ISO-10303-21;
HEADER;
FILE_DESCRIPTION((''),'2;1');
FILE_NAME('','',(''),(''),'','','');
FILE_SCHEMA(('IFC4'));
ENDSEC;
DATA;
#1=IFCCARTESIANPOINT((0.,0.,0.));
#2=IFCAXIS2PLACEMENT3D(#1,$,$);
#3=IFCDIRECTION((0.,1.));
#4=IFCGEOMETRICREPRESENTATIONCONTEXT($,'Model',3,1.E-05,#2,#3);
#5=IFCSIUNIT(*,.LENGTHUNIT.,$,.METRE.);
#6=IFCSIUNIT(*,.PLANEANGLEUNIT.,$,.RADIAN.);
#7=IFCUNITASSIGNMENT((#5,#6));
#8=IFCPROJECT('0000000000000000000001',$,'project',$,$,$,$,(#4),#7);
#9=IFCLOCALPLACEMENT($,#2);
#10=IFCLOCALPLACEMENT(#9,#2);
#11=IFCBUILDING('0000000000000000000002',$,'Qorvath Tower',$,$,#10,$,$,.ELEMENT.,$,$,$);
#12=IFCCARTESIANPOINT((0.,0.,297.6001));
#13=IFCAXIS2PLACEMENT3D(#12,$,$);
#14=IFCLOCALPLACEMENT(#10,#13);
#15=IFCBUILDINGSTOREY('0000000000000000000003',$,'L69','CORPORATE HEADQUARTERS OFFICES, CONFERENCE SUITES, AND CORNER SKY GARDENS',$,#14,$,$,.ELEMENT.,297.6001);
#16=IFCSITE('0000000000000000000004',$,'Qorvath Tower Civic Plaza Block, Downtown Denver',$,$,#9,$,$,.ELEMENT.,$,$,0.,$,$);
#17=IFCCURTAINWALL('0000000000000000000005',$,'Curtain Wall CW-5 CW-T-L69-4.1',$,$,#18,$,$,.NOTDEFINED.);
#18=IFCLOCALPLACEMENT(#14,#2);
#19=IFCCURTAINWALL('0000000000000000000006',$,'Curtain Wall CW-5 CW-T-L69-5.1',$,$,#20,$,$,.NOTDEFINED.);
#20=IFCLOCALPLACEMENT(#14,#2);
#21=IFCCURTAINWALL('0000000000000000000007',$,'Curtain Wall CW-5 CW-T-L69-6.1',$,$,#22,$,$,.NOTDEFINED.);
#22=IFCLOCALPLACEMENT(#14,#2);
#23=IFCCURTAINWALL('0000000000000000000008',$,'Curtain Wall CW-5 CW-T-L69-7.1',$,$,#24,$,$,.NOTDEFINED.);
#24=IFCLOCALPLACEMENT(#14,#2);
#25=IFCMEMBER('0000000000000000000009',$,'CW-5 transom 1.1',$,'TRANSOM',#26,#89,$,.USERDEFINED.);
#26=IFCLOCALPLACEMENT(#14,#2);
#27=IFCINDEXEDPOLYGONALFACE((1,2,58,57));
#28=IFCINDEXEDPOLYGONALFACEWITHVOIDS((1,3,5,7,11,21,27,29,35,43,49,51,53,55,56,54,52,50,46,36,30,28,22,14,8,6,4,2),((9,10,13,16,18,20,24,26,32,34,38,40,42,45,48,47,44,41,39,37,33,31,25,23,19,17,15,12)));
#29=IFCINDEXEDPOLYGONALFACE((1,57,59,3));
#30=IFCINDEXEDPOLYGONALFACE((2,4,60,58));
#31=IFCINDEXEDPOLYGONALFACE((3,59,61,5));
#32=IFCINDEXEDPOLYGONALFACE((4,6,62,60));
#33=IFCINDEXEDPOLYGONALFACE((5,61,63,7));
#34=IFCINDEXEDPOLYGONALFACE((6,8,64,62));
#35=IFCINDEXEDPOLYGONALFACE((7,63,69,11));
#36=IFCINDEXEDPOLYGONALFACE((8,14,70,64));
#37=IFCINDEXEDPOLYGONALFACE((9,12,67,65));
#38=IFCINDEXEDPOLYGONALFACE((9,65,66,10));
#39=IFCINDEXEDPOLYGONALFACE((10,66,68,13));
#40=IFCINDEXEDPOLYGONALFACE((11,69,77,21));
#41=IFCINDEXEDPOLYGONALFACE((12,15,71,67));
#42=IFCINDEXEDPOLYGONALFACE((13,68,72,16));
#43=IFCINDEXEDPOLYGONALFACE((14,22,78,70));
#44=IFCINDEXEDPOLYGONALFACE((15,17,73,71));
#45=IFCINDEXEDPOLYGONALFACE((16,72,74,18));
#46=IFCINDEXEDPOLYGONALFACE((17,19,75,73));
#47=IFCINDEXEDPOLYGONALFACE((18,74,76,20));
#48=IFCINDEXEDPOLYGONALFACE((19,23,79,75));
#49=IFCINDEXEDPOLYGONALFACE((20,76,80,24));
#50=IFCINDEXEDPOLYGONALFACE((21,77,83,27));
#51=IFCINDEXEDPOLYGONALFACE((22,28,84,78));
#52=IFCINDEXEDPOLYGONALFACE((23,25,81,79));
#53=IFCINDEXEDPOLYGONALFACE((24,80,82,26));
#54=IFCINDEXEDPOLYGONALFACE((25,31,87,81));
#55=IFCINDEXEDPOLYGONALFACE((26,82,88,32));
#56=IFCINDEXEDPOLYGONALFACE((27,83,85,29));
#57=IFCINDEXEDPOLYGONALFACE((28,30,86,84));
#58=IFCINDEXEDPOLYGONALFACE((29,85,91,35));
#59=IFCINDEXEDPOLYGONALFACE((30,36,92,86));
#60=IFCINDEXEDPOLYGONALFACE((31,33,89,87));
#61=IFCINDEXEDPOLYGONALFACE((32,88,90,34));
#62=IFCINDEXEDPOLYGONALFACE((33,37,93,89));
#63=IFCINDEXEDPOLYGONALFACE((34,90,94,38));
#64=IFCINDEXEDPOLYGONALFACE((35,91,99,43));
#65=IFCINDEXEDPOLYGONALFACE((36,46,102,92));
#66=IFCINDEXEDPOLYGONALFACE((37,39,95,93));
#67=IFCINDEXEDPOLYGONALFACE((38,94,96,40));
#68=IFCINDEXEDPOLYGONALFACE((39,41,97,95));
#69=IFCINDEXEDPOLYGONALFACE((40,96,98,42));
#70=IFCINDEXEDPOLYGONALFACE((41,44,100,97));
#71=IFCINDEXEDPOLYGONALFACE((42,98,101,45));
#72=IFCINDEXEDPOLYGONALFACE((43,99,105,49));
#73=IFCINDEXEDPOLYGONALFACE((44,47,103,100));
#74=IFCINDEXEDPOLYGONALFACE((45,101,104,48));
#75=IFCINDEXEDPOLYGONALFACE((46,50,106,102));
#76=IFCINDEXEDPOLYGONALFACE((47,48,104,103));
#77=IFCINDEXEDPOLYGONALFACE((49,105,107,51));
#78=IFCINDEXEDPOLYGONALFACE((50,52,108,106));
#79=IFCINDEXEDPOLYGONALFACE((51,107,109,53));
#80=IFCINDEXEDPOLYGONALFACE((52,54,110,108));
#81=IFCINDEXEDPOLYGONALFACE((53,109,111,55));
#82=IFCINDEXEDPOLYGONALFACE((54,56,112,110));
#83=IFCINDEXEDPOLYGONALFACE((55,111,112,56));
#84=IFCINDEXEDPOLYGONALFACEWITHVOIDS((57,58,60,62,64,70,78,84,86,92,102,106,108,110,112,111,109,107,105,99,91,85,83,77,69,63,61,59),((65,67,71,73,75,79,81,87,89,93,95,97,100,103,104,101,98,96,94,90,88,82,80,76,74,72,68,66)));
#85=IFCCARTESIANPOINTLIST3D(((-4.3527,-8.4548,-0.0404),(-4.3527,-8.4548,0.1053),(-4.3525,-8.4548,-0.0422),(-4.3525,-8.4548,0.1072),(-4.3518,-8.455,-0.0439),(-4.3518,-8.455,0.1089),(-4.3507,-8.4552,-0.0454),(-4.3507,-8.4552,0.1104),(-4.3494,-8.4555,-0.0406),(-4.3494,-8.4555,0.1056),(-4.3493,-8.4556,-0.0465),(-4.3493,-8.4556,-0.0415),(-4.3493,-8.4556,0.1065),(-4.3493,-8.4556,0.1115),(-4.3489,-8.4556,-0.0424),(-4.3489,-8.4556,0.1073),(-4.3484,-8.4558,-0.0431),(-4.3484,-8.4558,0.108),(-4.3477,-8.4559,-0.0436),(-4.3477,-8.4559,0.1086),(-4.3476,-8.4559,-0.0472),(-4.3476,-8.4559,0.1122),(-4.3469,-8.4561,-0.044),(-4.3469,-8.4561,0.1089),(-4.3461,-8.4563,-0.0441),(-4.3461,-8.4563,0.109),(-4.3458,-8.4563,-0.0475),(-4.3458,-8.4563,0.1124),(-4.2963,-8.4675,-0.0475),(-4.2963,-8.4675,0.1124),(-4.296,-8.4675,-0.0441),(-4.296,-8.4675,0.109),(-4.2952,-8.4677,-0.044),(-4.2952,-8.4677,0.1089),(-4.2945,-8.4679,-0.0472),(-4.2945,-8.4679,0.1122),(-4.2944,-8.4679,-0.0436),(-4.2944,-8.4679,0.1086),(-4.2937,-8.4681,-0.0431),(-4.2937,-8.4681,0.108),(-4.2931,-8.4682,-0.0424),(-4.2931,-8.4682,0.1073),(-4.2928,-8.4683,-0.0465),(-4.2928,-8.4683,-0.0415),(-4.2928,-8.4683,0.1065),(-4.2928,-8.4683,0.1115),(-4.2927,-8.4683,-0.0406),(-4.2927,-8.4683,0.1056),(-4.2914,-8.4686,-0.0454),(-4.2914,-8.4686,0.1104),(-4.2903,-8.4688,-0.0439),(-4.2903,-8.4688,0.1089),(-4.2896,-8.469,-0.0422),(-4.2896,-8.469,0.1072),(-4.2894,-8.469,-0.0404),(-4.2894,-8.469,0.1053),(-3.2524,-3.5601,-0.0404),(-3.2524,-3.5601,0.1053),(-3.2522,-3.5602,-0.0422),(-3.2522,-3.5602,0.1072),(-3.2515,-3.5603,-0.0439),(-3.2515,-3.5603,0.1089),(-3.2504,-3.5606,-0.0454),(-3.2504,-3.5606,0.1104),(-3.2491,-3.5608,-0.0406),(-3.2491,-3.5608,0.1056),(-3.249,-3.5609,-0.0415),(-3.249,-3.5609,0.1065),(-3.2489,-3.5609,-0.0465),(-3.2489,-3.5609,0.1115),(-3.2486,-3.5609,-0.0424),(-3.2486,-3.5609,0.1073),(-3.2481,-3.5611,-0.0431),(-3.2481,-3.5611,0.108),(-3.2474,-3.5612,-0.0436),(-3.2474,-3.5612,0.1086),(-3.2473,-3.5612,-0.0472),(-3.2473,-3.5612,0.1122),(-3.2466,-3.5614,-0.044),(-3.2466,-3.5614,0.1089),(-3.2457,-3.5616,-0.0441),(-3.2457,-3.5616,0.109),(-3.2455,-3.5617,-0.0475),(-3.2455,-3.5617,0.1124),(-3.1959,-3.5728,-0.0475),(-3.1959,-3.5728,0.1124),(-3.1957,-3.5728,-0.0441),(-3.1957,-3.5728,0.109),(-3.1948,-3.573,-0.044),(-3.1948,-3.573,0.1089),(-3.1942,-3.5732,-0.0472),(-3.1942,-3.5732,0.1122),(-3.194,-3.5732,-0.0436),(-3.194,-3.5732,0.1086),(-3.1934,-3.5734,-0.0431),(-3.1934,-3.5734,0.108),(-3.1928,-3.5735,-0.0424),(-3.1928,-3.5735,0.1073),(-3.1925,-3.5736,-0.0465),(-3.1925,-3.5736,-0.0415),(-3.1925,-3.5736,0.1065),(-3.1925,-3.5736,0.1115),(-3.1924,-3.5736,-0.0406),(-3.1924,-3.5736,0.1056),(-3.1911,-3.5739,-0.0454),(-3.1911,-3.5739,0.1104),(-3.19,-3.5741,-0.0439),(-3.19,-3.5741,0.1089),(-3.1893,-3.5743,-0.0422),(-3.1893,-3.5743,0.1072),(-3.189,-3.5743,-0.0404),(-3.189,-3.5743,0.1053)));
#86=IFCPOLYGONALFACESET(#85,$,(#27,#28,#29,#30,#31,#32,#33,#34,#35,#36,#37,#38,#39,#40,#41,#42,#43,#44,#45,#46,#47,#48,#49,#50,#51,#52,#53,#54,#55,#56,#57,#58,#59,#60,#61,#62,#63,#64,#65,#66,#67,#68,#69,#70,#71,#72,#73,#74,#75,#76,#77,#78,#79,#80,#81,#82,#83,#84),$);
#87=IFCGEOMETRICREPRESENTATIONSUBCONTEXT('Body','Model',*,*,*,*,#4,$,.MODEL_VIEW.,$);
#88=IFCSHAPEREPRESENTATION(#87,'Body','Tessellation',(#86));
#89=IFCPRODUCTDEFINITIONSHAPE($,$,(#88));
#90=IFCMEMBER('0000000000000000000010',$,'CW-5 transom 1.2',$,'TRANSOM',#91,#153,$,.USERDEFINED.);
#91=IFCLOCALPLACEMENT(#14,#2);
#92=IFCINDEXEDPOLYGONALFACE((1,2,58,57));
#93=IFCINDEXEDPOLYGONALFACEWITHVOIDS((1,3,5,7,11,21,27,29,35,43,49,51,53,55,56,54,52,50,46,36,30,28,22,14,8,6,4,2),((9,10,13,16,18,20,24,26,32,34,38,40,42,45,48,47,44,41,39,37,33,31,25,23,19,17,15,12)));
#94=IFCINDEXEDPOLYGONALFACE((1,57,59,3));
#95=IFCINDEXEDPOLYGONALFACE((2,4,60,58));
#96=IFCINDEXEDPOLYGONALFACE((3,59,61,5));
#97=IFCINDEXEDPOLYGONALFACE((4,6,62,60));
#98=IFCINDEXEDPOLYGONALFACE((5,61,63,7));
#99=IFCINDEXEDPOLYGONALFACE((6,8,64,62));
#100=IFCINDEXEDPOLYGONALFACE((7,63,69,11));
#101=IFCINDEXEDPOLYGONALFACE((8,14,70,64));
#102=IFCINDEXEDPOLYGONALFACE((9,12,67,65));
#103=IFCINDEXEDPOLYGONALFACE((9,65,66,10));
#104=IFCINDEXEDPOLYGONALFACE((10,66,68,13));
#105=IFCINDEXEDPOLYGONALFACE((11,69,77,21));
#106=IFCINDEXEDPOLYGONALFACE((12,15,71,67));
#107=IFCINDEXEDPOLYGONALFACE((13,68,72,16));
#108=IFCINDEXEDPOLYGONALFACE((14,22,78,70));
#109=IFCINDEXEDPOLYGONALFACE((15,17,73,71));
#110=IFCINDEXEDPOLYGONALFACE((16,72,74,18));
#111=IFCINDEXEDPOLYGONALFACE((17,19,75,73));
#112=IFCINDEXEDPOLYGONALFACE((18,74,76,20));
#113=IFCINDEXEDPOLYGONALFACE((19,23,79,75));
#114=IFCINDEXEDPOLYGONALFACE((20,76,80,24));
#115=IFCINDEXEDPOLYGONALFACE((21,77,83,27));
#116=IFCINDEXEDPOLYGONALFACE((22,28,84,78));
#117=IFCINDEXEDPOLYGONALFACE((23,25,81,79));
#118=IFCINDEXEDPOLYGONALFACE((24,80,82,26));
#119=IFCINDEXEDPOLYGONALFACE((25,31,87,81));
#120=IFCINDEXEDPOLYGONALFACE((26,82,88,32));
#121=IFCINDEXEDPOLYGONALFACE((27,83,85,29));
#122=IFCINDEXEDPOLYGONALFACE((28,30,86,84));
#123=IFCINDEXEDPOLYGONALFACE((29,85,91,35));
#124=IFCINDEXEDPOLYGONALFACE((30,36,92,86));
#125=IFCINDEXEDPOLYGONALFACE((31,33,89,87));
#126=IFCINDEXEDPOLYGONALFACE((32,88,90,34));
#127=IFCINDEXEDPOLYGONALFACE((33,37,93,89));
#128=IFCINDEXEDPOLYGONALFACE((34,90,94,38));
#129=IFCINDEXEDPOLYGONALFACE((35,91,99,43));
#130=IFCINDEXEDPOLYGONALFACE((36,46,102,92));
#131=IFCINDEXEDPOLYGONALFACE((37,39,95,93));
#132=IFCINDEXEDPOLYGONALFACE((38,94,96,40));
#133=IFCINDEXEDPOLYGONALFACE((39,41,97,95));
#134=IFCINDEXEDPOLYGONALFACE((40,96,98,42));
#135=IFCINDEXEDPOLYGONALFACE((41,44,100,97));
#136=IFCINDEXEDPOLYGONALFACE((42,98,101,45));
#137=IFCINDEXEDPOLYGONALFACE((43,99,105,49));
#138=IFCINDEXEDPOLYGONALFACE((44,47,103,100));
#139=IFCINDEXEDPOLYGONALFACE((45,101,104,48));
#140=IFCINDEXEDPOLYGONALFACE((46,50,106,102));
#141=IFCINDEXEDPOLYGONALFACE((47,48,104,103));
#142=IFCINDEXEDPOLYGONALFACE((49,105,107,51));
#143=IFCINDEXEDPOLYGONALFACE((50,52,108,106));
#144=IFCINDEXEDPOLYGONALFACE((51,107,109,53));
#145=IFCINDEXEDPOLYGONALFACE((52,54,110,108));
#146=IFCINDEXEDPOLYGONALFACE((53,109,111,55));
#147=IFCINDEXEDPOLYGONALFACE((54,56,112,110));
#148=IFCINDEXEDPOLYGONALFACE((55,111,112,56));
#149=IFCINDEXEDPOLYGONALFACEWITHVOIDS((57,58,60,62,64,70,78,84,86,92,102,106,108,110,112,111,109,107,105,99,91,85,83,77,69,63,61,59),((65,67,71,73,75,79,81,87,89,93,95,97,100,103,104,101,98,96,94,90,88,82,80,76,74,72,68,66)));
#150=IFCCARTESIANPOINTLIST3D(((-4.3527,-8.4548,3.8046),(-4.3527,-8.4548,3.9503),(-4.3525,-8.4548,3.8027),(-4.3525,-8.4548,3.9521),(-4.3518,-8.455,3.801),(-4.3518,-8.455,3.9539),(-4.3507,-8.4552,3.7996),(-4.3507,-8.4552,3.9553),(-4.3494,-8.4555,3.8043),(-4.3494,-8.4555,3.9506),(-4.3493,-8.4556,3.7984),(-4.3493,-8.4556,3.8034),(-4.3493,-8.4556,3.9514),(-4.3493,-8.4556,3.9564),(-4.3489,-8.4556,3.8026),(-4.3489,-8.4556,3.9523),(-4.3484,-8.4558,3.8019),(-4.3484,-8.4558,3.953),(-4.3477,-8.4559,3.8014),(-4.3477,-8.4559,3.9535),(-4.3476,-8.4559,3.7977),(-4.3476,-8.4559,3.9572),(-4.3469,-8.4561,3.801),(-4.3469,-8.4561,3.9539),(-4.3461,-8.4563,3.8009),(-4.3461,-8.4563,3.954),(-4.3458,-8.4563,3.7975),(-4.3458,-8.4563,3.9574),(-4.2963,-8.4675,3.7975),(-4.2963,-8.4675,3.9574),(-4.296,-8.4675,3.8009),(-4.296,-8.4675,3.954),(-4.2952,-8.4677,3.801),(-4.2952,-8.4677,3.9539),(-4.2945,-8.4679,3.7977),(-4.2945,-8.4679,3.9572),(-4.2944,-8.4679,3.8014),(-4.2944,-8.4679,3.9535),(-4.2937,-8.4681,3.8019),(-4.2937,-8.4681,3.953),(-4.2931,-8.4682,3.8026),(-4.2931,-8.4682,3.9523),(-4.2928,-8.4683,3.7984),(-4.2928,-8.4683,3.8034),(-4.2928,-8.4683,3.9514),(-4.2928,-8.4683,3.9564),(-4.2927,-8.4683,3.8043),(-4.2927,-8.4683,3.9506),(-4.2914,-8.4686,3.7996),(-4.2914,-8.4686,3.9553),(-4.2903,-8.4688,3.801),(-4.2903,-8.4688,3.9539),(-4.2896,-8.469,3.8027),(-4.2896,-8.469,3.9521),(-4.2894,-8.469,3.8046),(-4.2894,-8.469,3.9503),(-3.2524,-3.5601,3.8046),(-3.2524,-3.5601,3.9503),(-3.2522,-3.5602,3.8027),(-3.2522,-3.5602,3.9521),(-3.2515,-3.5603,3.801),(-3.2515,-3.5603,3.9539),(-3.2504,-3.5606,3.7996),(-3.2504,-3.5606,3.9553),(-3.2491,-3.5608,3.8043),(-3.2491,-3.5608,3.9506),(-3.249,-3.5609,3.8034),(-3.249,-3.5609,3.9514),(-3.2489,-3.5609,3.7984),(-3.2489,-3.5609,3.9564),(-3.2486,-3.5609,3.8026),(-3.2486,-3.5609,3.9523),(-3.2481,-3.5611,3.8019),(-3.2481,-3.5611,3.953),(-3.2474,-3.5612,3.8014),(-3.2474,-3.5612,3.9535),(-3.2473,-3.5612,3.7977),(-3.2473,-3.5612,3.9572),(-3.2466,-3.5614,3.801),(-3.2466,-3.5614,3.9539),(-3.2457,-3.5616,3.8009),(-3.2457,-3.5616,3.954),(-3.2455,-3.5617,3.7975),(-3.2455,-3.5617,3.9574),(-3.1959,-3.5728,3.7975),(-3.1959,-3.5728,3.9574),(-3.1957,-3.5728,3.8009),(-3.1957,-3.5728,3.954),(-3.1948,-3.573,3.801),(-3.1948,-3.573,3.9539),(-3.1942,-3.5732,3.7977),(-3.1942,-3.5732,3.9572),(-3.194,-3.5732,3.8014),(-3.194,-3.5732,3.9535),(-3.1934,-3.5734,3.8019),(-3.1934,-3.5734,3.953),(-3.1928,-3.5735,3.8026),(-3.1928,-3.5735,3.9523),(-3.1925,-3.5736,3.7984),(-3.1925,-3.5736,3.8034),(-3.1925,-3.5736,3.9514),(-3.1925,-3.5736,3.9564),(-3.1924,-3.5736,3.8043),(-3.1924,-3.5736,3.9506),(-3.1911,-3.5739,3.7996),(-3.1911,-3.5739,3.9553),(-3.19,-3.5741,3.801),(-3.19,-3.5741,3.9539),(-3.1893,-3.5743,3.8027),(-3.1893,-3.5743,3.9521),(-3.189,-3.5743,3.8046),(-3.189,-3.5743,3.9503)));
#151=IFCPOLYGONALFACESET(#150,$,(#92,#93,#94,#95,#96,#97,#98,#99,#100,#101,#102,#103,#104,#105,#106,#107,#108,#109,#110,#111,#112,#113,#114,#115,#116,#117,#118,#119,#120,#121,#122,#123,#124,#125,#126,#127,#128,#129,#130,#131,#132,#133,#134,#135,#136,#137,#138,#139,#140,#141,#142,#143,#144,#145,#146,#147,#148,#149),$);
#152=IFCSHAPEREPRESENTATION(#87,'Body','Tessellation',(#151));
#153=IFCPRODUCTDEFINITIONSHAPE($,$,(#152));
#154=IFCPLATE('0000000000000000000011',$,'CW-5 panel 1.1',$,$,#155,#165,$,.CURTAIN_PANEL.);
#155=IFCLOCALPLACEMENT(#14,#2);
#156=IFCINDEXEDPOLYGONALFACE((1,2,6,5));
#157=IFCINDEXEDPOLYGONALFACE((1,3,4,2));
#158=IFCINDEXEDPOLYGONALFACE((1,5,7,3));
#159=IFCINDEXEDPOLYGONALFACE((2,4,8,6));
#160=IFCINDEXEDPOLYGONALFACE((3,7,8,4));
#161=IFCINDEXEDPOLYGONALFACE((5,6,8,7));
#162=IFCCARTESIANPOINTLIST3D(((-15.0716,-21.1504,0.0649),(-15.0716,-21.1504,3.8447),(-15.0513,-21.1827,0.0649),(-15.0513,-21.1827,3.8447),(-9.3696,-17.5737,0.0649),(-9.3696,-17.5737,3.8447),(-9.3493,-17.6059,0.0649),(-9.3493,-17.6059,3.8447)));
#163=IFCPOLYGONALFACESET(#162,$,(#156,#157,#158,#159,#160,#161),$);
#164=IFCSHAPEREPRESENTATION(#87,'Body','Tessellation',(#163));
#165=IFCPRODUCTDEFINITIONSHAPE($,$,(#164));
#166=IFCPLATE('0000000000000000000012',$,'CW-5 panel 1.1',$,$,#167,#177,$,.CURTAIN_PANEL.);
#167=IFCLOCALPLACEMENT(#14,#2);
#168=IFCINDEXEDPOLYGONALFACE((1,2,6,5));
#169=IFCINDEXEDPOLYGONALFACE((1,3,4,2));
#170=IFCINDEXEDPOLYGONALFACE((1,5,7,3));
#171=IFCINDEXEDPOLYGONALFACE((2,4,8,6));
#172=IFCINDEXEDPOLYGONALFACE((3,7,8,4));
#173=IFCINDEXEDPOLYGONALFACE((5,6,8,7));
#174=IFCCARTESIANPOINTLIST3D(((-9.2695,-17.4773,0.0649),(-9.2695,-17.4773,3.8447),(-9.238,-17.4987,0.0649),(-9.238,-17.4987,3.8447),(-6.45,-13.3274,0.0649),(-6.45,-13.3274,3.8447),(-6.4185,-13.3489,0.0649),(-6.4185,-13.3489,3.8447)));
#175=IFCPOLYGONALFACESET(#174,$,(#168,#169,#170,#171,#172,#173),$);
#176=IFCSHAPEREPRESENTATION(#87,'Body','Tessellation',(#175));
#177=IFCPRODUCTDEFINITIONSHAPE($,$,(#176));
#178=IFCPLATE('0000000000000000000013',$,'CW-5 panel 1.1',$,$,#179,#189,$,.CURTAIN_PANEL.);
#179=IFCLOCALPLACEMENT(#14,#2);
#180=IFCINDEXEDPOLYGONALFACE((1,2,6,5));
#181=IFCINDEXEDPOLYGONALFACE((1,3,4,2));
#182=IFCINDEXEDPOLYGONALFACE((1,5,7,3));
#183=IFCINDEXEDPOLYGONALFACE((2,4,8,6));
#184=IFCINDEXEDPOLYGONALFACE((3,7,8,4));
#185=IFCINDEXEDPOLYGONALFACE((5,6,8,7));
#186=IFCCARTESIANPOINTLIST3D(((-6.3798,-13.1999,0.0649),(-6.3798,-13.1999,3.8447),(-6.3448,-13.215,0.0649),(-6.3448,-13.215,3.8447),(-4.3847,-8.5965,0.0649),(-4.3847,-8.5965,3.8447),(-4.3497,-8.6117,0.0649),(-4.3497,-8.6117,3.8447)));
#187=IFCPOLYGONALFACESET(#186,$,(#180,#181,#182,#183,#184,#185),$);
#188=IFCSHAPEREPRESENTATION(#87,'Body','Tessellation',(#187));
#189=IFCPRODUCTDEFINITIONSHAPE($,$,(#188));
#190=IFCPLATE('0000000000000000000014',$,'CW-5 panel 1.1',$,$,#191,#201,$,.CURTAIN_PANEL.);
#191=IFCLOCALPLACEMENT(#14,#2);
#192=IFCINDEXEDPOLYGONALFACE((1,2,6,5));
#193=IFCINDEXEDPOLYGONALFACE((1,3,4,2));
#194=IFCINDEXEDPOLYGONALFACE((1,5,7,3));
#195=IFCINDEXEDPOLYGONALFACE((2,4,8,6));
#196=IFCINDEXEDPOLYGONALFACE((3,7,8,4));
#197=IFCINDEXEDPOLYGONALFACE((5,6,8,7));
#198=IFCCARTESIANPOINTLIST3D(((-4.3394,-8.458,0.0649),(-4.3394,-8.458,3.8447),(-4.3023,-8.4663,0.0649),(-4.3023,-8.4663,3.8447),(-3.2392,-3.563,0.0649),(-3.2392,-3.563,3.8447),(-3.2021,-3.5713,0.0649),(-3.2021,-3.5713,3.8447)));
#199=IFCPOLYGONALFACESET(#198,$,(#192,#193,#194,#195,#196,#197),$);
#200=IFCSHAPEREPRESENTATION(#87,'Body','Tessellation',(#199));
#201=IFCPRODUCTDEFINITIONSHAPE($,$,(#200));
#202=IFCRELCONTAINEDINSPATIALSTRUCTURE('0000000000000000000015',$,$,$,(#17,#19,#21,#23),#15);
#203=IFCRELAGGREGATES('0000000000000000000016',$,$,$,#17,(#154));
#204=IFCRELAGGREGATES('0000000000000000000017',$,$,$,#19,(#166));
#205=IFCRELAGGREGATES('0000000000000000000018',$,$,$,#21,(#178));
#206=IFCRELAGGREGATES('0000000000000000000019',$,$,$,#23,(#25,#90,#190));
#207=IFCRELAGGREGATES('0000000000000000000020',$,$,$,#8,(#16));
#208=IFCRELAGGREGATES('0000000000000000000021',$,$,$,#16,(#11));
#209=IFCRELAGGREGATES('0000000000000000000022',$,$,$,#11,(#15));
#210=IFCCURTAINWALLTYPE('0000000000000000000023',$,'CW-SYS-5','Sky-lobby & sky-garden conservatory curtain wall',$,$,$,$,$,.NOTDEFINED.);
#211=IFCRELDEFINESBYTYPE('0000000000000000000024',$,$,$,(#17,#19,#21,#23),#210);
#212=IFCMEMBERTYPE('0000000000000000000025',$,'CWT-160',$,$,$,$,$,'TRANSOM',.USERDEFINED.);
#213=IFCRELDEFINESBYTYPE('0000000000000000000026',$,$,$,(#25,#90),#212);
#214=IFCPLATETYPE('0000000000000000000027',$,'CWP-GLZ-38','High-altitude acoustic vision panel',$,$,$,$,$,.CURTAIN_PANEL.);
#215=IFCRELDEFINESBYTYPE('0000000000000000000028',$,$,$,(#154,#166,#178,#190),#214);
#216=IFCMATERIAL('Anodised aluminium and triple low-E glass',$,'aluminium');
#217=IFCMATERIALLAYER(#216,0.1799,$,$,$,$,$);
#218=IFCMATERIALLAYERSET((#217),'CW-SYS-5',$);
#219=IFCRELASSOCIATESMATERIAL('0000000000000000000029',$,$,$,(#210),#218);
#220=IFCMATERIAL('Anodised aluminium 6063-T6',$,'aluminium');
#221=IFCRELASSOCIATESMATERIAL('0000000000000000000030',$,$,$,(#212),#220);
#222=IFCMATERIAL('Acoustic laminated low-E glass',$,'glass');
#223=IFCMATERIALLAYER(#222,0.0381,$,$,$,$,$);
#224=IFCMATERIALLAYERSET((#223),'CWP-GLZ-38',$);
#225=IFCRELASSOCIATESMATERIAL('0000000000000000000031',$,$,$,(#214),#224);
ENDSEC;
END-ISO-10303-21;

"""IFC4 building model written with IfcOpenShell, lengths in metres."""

from ifc_helpers import new_model, si_unit, direction, frame, origin, origin_2d, place, context, subcontext, project, spatial, rectangle, hollow_rectangle, extrude, material, layer, layer_set, material_profile, profile_set, type_object, element, aggregate, save


model = new_model("IFC4")

# Units and contexts
model_context = context("Model", 3, precision=1e-05, world=origin(), true_north=direction((0.0, 1.0)))
body_context = subcontext(model_context, "Body", "Model", "MODEL_VIEW")
ifc_project = project(units=[si_unit("LENGTHUNIT", "METRE"), si_unit("PLANEANGLEUNIT", "RADIAN")], contexts=[model_context])

# Site, building, storey
site_placement = place(None, origin())
site = spatial("IfcSite", under=ifc_project, at=site_placement, Name="Qorvath Tower Civic Plaza Block, Downtown Denver", CompositionType="ELEMENT", RefElevation=0.0)
building_placement = place(site_placement, origin())
building = spatial("IfcBuilding", under=site, at=building_placement, Name="Qorvath Tower", CompositionType="ELEMENT")
storey_placement = place(building_placement, frame((0.0, 0.0, 297.6001)))
storey = spatial("IfcBuildingStorey", under=building, at=storey_placement, Name="L69", Description="CORPORATE HEADQUARTERS OFFICES, CONFERENCE SUITES, AND CORNER SKY GARDENS", CompositionType="ELEMENT", Elevation=297.6001)

# Shared definitions
ifc_material_1 = material(Name="Anodised aluminium and triple low-E glass", Category="aluminium")
ifc_layer_1 = layer(ifc_material_1, 0.1799)
ifc_layer_set_1 = layer_set([ifc_layer_1], Name="CW-SYS-5")
curtain_wall_type = type_object("IfcCurtainWallType", Name="CW-SYS-5", Description="Sky-lobby & sky-garden conservatory curtain wall", PredefinedType="NOTDEFINED", material=ifc_layer_set_1)

# Curtain walls
curtain_wall_1_placement = place(storey_placement, origin())
curtain_wall_1 = element("IfcCurtainWall", 1, at=curtain_wall_1_placement, inside=storey, type_object=curtain_wall_type, Name="Curtain Wall CW-5 CW-T-L69-4.1", PredefinedType="NOTDEFINED")
curtain_wall_2_placement = place(storey_placement, origin())
curtain_wall_2 = element("IfcCurtainWall", 2, at=curtain_wall_2_placement, inside=storey, type_object=curtain_wall_type, Name="Curtain Wall CW-5 CW-T-L69-5.1", PredefinedType="NOTDEFINED")
curtain_wall_3_placement = place(storey_placement, origin())
curtain_wall_3 = element("IfcCurtainWall", 3, at=curtain_wall_3_placement, inside=storey, type_object=curtain_wall_type, Name="Curtain Wall CW-5 CW-T-L69-6.1", PredefinedType="NOTDEFINED")

# Curtain wall
curtain_wall_4_placement = place(storey_placement, origin())
curtain_wall_4 = element("IfcCurtainWall", 4, at=curtain_wall_4_placement, inside=storey, type_object=curtain_wall_type, Name="Curtain Wall CW-5 CW-T-L69-7.1", PredefinedType="NOTDEFINED")

# Members
ifc_material_2 = material(Name="Anodised aluminium 6063-T6", Category="aluminium")
ifc_material_profile_1 = material_profile(ifc_material_2, hollow_rectangle(XDim=0.0649, YDim=0.1599, WallThickness=0.0034, InnerFilletRadius=0.0034, OuterFilletRadius=0.0071, at=origin_2d()), Name="CWT 160x65")
ifc_profile_set_1 = profile_set([ifc_material_profile_1], Name="Anodised aluminium 6063-T6")
member_type_1 = type_object("IfcMemberType", Name="CWT-160", ElementType="TRANSOM", PredefinedType="USERDEFINED", material=ifc_profile_set_1)
member_1_placement = place(storey_placement, frame((-4.321, -8.4619, 0.0325), z_axis=(0.219326, 0.975652, 0.0), x_axis=(-0.975652, 0.219326, 0.0)))
member_1 = element("IfcMember", 5, at=member_1_placement, type_object=member_type_1, Name="CW-5 transom 1.1", ObjectType="TRANSOM", PredefinedType="USERDEFINED", context=body_context, shape_type="SweptSolid", body=[
    extrude(hollow_rectangle(XDim=0.0649, YDim=0.1599, WallThickness=0.0034, InnerFilletRadius=0.0034, OuterFilletRadius=0.0071, at=origin_2d()), origin(), (0.0, 0.0, 1.0), 5.0168),
])
member_2_placement = place(storey_placement, frame((-4.321, -8.4619, 3.8774), z_axis=(0.219326, 0.975652, 0.0), x_axis=(-0.975652, 0.219326, 0.0)))
member_2 = element("IfcMember", 6, at=member_2_placement, type_object=member_type_1, Name="CW-5 transom 1.2", ObjectType="TRANSOM", PredefinedType="USERDEFINED", context=body_context, shape_type="SweptSolid", body=[
    extrude(hollow_rectangle(XDim=0.0649, YDim=0.1599, WallThickness=0.0034, InnerFilletRadius=0.0034, OuterFilletRadius=0.0071, at=origin_2d()), origin(), (0.0, 0.0, 1.0), 5.0168),
])

# Plates
ifc_material_3 = material(Name="Acoustic laminated low-E glass", Category="glass")
ifc_layer_2 = layer(ifc_material_3, 0.0381)
ifc_layer_set_2 = layer_set([ifc_layer_2], Name="CWP-GLZ-38")
plate_type = type_object("IfcPlateType", Name="CWP-GLZ-38", Description="High-altitude acoustic vision panel", PredefinedType="CURTAIN_PANEL", material=ifc_layer_set_2)
plate_1_placement = place(storey_placement, frame((-12.2104, -19.3782, 0.0649), z_axis=(0.0, 0.0, 1.0), x_axis=(0.847128, 0.531389, 0.0)))
plate_1 = element("IfcPlate", 7, at=plate_1_placement, type_object=plate_type, Name="CW-5 panel 1.1", PredefinedType="CURTAIN_PANEL", context=body_context, shape_type="SweptSolid", body=[
    extrude(rectangle(XDim=6.731, YDim=0.0381, at=origin_2d()), origin(), (0.0, 0.0, 1.0), 3.7798),
])
aggregate(curtain_wall_1, [plate_1])
plate_2_placement = place(storey_placement, frame((-7.844, -15.4131, 0.0649), z_axis=(0.0, 0.0, 1.0), x_axis=(0.561985, 0.827147, 0.0)))
plate_2 = element("IfcPlate", 8, at=plate_2_placement, type_object=plate_type, Name="CW-5 panel 1.1", PredefinedType="CURTAIN_PANEL", context=body_context, shape_type="SweptSolid", body=[
    extrude(rectangle(XDim=5.0171, YDim=0.0381, at=origin_2d()), origin(), (0.0, 0.0, 1.0), 3.7798),
])
aggregate(curtain_wall_2, [plate_2])
plate_3_placement = place(storey_placement, frame((-5.3647, -10.9058, 0.0649), z_axis=(0.0, 0.0, 1.0), x_axis=(0.397658, 0.917534, 0.0)))
plate_3 = element("IfcPlate", 9, at=plate_3_placement, type_object=plate_type, Name="CW-5 panel 1.1", PredefinedType="CURTAIN_PANEL", context=body_context, shape_type="SweptSolid", body=[
    extrude(rectangle(XDim=5.0171, YDim=0.0381, at=origin_2d()), origin(), (0.0, 0.0, 1.0), 3.7798),
])
aggregate(curtain_wall_3, [plate_3])
plate_4_placement = place(storey_placement, frame((-3.7708, -6.0146, 0.0649), z_axis=(0.0, 0.0, 1.0), x_axis=(0.219293, 0.975659, 0.0)))
plate_4 = element("IfcPlate", 10, at=plate_4_placement, type_object=plate_type, Name="CW-5 panel 1.1", PredefinedType="CURTAIN_PANEL", context=body_context, shape_type="SweptSolid", body=[
    extrude(rectangle(XDim=5.0171, YDim=0.0381, at=origin_2d()), origin(), (0.0, 0.0, 1.0), 3.7798),
])
aggregate(curtain_wall_4, [member_1, member_2, plate_4])

save(model, "model.ifc")
